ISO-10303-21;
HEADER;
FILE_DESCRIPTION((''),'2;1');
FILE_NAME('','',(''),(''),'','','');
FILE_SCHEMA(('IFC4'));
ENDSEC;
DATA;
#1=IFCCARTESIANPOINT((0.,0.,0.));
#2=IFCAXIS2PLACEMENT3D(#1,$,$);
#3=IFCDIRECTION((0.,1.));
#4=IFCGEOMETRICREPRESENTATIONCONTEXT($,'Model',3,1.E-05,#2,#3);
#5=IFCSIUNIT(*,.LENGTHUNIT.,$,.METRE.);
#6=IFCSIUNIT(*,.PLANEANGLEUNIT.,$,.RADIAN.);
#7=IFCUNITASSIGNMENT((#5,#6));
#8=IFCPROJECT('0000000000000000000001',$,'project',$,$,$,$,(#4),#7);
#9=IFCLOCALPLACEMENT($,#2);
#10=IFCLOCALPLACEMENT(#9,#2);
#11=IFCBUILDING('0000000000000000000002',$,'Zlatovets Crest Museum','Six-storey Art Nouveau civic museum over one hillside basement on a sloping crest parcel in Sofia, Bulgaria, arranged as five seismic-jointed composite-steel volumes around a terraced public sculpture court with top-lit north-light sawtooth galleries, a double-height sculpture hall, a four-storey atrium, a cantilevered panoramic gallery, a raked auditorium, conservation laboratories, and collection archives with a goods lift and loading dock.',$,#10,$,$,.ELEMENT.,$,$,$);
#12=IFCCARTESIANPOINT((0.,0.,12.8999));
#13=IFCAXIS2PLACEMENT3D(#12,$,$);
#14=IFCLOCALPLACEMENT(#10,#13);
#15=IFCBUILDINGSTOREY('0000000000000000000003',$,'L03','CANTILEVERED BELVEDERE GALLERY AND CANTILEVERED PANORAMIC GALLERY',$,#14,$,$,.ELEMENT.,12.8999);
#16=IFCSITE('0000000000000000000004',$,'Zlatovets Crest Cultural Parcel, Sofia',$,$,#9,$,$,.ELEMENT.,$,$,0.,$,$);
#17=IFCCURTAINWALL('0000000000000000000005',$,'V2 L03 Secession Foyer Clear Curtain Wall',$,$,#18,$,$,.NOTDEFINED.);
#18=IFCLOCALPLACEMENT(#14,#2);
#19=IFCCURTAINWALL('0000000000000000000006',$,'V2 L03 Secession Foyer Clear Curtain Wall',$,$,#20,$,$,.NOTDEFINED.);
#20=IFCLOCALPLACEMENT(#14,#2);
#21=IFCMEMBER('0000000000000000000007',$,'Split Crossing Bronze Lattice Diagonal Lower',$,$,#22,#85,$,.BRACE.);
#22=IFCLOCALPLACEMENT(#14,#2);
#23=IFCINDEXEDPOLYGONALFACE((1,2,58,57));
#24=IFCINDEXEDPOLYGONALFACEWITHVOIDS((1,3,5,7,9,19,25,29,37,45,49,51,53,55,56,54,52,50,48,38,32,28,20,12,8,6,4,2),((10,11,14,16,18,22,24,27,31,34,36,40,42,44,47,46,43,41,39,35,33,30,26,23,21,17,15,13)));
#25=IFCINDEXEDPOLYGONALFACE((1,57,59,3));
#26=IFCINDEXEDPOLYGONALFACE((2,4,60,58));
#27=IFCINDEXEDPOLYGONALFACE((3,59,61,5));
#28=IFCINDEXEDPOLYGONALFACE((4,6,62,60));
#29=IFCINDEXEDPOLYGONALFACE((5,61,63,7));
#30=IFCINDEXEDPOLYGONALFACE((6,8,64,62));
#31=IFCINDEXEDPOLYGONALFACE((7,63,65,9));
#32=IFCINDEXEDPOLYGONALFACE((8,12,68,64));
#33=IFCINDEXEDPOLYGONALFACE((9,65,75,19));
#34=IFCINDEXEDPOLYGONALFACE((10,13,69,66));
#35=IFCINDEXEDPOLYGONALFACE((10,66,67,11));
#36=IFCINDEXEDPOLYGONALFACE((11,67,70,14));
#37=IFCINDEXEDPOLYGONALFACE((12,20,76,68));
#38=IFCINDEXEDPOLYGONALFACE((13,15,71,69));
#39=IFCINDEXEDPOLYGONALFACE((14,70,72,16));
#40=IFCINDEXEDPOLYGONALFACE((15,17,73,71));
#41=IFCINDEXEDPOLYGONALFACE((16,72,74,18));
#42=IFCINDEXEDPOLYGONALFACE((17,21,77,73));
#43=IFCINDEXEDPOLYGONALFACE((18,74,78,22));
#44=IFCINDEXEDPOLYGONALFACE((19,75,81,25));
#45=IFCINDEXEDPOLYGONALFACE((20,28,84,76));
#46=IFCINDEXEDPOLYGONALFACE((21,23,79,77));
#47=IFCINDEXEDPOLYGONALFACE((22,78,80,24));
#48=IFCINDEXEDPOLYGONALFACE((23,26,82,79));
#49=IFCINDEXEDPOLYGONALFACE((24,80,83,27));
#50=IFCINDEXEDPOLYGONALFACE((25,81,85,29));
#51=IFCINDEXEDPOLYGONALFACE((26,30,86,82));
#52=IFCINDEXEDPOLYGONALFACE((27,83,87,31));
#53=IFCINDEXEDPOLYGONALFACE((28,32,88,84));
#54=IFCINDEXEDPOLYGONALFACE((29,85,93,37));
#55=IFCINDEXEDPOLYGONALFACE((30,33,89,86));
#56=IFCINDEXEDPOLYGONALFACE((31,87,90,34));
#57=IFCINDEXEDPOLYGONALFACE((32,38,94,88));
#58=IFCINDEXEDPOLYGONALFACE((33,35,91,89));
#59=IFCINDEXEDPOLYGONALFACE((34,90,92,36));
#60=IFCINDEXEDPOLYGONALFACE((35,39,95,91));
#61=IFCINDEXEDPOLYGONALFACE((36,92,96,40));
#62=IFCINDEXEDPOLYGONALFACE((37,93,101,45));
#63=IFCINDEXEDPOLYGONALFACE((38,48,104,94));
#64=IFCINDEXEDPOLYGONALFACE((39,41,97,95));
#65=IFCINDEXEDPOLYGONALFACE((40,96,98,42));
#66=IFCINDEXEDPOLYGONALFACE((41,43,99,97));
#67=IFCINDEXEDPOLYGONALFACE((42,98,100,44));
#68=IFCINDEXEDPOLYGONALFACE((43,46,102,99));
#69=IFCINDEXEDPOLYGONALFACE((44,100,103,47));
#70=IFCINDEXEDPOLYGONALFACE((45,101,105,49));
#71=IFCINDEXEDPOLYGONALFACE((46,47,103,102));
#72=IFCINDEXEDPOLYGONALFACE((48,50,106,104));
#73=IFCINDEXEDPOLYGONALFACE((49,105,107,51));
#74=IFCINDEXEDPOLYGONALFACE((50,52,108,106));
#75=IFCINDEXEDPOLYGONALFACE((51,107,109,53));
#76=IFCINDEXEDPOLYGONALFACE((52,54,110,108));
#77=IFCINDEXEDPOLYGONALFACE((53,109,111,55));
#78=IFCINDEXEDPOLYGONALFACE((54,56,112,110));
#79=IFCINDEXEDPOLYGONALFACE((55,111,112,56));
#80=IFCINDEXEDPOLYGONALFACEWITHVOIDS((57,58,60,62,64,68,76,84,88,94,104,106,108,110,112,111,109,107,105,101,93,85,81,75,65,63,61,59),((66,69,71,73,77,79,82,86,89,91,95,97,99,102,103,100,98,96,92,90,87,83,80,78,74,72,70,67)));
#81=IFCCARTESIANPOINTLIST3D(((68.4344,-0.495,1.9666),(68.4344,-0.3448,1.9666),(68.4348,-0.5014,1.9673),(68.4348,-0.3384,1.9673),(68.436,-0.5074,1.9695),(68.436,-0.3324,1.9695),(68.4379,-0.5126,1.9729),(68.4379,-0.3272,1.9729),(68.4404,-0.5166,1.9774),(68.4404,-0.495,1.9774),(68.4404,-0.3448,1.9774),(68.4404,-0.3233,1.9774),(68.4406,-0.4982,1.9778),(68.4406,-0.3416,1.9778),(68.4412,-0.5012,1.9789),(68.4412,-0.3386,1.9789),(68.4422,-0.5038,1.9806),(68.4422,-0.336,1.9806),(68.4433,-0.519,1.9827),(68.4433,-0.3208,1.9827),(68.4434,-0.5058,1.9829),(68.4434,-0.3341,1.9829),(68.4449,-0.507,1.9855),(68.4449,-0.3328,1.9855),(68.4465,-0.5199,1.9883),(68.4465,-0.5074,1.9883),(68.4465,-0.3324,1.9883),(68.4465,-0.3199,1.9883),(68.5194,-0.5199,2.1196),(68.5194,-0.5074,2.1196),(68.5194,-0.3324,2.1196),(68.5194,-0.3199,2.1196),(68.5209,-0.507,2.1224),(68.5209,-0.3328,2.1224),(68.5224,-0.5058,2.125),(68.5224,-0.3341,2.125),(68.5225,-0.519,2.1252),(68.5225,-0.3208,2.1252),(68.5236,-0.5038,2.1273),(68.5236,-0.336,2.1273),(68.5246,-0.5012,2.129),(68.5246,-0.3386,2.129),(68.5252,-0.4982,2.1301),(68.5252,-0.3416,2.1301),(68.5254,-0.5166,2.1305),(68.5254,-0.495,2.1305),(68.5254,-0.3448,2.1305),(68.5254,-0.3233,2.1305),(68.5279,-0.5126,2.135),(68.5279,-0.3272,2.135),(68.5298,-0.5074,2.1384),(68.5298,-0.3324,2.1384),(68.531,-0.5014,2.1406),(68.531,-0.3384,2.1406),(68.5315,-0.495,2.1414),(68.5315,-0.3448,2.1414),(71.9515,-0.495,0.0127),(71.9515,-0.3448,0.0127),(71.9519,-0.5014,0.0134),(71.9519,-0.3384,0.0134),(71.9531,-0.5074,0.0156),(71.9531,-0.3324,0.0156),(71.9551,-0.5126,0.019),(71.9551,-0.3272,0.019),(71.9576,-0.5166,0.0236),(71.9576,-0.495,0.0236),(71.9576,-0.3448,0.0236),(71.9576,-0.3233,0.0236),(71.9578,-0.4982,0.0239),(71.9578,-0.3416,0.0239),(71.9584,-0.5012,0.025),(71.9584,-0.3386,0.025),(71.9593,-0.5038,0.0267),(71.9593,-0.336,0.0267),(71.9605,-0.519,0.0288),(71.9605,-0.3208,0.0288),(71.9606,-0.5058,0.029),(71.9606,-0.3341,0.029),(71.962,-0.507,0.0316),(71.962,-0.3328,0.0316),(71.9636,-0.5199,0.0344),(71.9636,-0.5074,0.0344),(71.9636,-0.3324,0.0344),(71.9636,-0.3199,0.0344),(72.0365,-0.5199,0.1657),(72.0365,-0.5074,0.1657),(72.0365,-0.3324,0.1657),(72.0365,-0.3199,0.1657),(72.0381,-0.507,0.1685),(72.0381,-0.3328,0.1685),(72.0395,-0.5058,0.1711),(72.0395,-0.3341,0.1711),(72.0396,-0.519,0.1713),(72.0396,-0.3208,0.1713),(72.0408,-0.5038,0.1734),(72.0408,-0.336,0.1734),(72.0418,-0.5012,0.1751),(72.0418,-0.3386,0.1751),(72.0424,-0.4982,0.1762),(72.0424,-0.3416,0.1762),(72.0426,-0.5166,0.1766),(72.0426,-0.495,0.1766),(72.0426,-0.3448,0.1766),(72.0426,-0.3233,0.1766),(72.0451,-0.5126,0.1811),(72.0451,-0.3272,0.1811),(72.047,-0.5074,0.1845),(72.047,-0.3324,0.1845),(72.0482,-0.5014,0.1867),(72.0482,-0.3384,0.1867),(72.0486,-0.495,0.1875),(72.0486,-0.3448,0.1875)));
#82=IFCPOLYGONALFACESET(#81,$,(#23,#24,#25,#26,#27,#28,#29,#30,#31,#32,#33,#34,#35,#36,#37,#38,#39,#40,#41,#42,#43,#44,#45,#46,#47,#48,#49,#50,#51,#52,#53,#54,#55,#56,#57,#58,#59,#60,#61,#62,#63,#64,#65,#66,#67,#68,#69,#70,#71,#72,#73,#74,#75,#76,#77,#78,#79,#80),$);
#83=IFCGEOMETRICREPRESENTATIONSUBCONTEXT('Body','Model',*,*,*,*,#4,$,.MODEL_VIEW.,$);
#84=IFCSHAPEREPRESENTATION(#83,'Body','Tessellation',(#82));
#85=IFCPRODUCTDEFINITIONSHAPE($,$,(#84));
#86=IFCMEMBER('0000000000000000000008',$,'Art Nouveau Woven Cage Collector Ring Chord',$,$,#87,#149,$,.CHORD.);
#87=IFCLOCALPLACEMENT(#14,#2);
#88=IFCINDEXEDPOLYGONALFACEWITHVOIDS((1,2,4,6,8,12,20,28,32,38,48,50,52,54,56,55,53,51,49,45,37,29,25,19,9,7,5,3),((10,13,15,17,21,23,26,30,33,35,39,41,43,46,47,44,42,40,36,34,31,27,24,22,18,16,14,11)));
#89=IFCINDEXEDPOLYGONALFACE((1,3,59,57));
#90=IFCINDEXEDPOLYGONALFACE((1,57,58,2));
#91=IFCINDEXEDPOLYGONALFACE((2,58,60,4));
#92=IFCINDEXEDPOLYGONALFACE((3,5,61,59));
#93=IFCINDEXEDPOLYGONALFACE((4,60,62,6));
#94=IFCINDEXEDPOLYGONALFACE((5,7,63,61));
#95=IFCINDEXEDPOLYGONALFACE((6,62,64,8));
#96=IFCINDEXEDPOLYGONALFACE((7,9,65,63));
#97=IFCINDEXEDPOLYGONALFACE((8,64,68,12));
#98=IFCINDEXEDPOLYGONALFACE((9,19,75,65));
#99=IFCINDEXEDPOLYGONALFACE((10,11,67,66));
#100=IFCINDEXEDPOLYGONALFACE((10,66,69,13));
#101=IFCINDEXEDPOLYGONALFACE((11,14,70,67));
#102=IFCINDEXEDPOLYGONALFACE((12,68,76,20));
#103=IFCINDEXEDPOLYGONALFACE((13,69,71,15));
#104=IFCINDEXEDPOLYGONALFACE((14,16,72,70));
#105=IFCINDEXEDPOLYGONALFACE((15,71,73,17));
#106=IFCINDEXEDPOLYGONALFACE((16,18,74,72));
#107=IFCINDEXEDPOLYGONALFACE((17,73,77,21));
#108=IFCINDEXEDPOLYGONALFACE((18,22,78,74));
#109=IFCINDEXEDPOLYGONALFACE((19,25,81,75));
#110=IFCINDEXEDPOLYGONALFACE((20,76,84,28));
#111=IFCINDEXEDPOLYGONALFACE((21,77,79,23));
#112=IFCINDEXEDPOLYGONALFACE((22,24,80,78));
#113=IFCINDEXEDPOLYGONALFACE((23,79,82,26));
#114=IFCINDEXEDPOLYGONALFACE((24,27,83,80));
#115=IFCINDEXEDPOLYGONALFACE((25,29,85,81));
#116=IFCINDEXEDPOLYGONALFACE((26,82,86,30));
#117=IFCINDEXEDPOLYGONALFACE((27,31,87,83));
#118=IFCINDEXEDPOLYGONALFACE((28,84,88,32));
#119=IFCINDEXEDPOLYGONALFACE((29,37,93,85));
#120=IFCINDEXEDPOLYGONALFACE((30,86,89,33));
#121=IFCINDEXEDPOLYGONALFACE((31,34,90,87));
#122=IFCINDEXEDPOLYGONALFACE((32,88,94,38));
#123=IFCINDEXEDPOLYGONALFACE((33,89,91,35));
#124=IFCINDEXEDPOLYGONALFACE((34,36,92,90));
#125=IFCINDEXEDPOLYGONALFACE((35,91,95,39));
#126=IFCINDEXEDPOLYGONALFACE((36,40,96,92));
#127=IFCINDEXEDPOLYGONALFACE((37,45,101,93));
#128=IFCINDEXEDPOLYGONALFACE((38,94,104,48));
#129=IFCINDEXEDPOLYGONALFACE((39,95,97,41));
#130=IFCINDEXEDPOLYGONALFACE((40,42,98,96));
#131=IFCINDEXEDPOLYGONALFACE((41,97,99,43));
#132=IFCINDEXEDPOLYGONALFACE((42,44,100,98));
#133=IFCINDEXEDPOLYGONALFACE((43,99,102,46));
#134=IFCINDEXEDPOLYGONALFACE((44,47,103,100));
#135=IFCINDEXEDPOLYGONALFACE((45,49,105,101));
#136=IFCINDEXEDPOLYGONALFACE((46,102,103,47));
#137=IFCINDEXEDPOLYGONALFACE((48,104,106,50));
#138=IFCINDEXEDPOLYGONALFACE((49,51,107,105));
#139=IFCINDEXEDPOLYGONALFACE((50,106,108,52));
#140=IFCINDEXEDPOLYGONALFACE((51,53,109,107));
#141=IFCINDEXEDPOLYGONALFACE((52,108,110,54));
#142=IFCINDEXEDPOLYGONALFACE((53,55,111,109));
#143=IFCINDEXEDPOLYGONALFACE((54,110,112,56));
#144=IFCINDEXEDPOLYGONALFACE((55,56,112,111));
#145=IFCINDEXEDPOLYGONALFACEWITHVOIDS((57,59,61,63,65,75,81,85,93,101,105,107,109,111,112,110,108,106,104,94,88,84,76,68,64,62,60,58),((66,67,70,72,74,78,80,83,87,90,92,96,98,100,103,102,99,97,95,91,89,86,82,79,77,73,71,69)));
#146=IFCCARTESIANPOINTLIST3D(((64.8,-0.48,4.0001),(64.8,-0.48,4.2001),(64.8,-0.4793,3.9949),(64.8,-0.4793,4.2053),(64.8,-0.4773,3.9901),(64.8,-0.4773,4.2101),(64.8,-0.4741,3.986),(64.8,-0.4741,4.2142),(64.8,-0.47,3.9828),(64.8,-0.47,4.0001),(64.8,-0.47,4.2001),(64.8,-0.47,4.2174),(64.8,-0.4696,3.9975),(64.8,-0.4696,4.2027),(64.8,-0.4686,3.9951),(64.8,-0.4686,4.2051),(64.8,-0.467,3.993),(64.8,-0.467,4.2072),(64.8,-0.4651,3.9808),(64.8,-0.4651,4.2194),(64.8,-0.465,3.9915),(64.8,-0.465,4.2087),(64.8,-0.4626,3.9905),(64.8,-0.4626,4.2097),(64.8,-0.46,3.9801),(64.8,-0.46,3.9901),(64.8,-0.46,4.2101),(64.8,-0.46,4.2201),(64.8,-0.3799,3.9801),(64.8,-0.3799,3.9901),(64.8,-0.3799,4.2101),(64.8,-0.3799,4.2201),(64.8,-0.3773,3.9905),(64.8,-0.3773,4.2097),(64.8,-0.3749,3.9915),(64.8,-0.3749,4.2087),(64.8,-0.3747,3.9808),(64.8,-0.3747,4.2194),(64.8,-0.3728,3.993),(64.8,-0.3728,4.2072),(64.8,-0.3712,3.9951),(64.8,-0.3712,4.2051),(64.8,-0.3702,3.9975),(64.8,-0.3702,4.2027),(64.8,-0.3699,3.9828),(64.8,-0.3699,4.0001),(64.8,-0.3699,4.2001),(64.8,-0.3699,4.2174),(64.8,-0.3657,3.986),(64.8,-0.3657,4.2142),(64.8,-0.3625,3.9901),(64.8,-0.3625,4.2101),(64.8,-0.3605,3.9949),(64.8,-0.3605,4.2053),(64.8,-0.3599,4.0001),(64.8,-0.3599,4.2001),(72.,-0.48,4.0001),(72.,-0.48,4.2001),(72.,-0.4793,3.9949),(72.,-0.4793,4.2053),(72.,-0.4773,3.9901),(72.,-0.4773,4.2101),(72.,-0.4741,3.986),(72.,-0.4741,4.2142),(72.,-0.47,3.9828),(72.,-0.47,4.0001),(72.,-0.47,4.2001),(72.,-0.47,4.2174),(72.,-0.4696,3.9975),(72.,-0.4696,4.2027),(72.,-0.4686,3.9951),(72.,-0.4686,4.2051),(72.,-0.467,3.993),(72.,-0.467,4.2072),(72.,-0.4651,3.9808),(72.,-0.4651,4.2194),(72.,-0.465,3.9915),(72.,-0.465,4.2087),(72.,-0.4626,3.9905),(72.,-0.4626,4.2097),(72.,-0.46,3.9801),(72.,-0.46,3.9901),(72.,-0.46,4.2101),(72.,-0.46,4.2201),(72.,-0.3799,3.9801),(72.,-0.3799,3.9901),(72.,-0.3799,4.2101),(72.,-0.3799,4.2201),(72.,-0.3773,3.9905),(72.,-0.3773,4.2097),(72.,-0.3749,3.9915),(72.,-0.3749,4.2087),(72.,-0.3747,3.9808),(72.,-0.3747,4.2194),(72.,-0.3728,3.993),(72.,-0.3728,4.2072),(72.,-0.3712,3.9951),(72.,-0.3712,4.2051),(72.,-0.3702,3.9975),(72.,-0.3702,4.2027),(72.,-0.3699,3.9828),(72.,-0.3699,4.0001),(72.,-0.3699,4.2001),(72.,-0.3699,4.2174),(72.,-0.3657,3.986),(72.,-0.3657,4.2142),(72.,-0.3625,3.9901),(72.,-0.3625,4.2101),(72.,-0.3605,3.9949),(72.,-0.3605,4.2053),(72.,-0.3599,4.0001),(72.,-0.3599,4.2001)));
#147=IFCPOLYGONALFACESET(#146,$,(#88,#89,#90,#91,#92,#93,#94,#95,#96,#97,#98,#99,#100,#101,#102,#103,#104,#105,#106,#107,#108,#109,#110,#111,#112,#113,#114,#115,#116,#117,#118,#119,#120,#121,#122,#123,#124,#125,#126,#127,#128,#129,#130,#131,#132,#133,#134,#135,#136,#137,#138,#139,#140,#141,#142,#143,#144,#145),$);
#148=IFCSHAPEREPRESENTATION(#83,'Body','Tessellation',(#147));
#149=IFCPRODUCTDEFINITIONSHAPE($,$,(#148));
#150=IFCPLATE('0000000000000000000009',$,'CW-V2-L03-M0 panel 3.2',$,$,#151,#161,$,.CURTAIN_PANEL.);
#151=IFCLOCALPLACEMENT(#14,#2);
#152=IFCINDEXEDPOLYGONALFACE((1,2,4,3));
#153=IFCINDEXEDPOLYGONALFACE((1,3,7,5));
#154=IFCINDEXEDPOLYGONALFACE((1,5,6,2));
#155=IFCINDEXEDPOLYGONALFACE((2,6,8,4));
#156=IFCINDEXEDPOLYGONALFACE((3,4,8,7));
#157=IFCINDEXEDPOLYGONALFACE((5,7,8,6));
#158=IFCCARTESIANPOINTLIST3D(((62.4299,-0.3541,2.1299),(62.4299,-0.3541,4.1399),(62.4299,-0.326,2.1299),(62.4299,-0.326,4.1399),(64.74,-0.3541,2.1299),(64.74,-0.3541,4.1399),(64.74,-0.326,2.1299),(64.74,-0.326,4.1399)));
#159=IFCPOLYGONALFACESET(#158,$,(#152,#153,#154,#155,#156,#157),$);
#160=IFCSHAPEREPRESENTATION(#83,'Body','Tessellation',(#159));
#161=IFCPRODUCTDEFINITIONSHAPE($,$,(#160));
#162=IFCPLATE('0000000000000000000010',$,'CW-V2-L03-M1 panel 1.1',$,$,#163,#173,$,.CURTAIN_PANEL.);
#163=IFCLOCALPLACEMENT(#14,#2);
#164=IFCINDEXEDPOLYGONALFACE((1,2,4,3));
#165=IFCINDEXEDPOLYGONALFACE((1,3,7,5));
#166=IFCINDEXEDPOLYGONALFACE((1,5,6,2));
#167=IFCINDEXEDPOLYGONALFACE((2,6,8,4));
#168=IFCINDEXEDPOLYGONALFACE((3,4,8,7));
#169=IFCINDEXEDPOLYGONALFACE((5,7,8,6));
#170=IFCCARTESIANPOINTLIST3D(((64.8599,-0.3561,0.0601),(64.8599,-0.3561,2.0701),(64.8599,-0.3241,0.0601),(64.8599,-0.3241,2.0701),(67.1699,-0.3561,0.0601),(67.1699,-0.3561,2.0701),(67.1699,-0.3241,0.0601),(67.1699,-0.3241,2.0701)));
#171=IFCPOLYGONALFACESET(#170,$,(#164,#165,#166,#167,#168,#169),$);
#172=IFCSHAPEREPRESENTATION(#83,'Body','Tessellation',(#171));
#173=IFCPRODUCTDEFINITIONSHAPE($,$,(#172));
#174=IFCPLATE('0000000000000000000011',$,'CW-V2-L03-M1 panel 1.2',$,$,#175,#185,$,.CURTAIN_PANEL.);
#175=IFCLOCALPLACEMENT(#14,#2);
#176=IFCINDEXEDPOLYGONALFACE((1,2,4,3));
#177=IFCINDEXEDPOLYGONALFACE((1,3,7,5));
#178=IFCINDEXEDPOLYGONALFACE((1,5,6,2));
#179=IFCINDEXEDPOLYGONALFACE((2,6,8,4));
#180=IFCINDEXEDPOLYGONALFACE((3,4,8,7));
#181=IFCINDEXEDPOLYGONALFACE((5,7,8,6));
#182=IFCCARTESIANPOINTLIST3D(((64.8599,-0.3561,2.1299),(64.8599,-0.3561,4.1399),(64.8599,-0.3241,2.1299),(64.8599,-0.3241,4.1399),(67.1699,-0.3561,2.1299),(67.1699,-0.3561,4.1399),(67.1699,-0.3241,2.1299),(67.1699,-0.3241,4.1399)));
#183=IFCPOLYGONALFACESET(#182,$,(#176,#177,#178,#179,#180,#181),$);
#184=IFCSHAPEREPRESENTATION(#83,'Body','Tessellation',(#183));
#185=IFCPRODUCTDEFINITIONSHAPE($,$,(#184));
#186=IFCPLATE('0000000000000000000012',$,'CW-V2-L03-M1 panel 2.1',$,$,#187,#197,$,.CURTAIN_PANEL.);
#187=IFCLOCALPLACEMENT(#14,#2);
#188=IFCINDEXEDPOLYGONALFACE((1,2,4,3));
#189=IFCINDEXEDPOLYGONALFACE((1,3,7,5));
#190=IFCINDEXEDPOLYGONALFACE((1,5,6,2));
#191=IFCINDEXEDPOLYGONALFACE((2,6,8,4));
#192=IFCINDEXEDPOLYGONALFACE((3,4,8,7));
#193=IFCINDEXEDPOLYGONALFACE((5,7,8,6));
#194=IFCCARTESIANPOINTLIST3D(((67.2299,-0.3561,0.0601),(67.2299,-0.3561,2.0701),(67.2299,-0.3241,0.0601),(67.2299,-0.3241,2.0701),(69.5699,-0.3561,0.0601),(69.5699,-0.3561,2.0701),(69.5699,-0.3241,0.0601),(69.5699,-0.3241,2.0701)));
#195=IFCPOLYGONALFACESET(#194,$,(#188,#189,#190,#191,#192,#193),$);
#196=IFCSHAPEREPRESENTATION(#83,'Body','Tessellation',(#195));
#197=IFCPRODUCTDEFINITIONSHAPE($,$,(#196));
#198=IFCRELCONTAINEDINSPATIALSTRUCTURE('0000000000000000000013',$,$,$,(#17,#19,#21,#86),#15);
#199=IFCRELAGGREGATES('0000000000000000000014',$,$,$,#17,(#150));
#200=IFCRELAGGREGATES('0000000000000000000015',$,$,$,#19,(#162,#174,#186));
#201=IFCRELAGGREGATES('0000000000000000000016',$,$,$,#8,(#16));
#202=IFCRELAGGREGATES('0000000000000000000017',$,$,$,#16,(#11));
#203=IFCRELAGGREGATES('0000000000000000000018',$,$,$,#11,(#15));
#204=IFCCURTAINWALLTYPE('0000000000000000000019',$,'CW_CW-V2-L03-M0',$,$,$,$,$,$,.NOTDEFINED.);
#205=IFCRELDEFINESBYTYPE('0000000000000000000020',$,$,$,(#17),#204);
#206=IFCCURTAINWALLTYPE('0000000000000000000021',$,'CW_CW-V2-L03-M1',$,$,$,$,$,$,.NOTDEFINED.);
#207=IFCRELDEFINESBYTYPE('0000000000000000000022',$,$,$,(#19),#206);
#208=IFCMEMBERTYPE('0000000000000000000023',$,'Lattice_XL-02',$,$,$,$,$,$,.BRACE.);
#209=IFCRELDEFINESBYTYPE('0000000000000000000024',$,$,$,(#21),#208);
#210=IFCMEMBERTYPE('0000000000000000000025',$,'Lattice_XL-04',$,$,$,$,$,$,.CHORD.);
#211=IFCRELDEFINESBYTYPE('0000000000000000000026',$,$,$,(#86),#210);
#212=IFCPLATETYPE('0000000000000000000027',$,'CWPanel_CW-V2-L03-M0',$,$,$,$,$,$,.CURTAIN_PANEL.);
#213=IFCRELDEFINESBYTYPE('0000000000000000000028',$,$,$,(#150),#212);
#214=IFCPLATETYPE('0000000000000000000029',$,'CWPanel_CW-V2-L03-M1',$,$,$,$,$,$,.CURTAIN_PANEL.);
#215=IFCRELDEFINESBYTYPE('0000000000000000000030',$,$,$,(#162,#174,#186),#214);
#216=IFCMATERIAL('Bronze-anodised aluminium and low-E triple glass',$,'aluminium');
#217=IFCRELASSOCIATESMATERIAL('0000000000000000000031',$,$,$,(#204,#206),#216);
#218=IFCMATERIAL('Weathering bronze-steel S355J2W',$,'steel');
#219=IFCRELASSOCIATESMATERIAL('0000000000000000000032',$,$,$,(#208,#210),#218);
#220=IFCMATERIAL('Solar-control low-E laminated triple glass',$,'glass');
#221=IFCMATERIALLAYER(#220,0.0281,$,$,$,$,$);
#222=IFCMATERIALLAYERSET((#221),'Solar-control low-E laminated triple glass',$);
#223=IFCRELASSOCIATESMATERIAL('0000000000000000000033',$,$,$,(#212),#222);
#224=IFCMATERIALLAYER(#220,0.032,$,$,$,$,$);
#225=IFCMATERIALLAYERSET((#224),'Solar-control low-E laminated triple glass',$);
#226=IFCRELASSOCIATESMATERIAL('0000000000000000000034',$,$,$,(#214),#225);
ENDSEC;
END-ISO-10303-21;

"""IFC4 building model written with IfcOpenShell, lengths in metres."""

from ifc_helpers import new_model, si_unit, direction, frame, origin, origin_2d, place, context, subcontext, project, spatial, rectangle, hollow_rectangle, extrude, material, layer, layer_set, material_profile, profile_set, type_object, element, aggregate, save


model = new_model("IFC4")

# Units and contexts
model_context = context("Model", 3, precision=1e-05, world=origin(), true_north=direction((0.0, 1.0)))
body_context = subcontext(model_context, "Body", "Model", "MODEL_VIEW")
ifc_project = project(units=[si_unit("LENGTHUNIT", "METRE"), si_unit("PLANEANGLEUNIT", "RADIAN")], contexts=[model_context])

# Site, building, storey
site_placement = place(None, origin())
site = spatial("IfcSite", under=ifc_project, at=site_placement, Name="Zlatovets Crest Cultural Parcel, Sofia", CompositionType="ELEMENT", RefElevation=0.0)
building_placement = place(site_placement, origin())
building = spatial("IfcBuilding", under=site, at=building_placement, Name="Zlatovets Crest Museum", Description="Six-storey Art Nouveau civic museum over one hillside basement on a sloping crest parcel in Sofia, Bulgaria, arranged as five seismic-jointed composite-steel volumes around a terraced public sculpture court with top-lit north-light sawtooth galleries, a double-height sculpture hall, a four-storey atrium, a cantilevered panoramic gallery, a raked auditorium, conservation laboratories, and collection archives with a goods lift and loading dock.", CompositionType="ELEMENT")
storey_placement = place(building_placement, frame((0.0, 0.0, 12.8999)))
storey = spatial("IfcBuildingStorey", under=building, at=storey_placement, Name="L03", Description="CANTILEVERED BELVEDERE GALLERY AND CANTILEVERED PANORAMIC GALLERY", CompositionType="ELEMENT", Elevation=12.8999)

# Curtain wall
ifc_material_1 = material(Name="Bronze-anodised aluminium and low-E triple glass", Category="aluminium")
curtain_wall_type_1 = type_object("IfcCurtainWallType", Name="CW_CW-V2-L03-M0", PredefinedType="NOTDEFINED", material=ifc_material_1)
curtain_wall_1_placement = place(storey_placement, origin())
curtain_wall_1 = element("IfcCurtainWall", 1, at=curtain_wall_1_placement, inside=storey, type_object=curtain_wall_type_1, Name="V2 L03 Secession Foyer Clear Curtain Wall", PredefinedType="NOTDEFINED")

# Curtain wall
curtain_wall_type_2 = type_object("IfcCurtainWallType", Name="CW_CW-V2-L03-M1", PredefinedType="NOTDEFINED", material=ifc_material_1)
curtain_wall_2_placement = place(storey_placement, origin())
curtain_wall_2 = element("IfcCurtainWall", 2, at=curtain_wall_2_placement, inside=storey, type_object=curtain_wall_type_2, Name="V2 L03 Secession Foyer Clear Curtain Wall", PredefinedType="NOTDEFINED")

# Members
ifc_material_2 = material(Name="Weathering bronze-steel S355J2W", Category="steel")
ifc_material_profile_1 = material_profile(ifc_material_2, hollow_rectangle(XDim=0.2, YDim=0.2, WallThickness=0.0125, InnerFilletRadius=0.0125, OuterFilletRadius=0.0249, at=origin_2d()), Name="SHS 200x200x12.5")
ifc_profile_set_1 = profile_set([ifc_material_profile_1], Name="Weathering bronze-steel S355J2W")
member_type_1 = type_object("IfcMemberType", Name="Lattice_XL-02", PredefinedType="BRACE", material=ifc_profile_set_1)
member_1_placement = place(storey_placement, frame((68.4829, -0.4199, 2.054), z_axis=(0.874166, 0.0, -0.485627), x_axis=(0.0, 1.0, 0.0)))
element("IfcMember", 3, at=member_1_placement, inside=storey, type_object=member_type_1, Name="Split Crossing Bronze Lattice Diagonal Lower", PredefinedType="BRACE", context=body_context, shape_type="SweptSolid", body=[
    extrude(hollow_rectangle(XDim=0.2, YDim=0.2, WallThickness=0.0125, InnerFilletRadius=0.0125, OuterFilletRadius=0.0249, at=origin_2d()), origin(), (0.0, 0.0, 1.0), 4.0234),
])
ifc_material_profile_2 = material_profile(ifc_material_2, hollow_rectangle(XDim=0.1201, YDim=0.24, WallThickness=0.01, InnerFilletRadius=0.01, OuterFilletRadius=0.02, at=origin_2d()), Name="RHS 120x240x10.0")
ifc_profile_set_2 = profile_set([ifc_material_profile_2], Name="Weathering bronze-steel S355J2W")
member_type_2 = type_object("IfcMemberType", Name="Lattice_XL-04", PredefinedType="CHORD", material=ifc_profile_set_2)
member_2_placement = place(storey_placement, frame((64.8, -0.4199, 4.1001), z_axis=(1.0, 0.0, 0.0), x_axis=(0.0, 1.0, 0.0)))
element("IfcMember", 4, at=member_2_placement, inside=storey, type_object=member_type_2, Name="Art Nouveau Woven Cage Collector Ring Chord", PredefinedType="CHORD", context=body_context, shape_type="SweptSolid", body=[
    extrude(hollow_rectangle(XDim=0.1201, YDim=0.24, WallThickness=0.01, InnerFilletRadius=0.01, OuterFilletRadius=0.02, at=origin_2d()), origin(), (0.0, 0.0, 1.0), 7.2),
])

# Plates
ifc_material_3 = material(Name="Solar-control low-E laminated triple glass", Category="glass")
ifc_layer_1 = layer(ifc_material_3, 0.0281)
ifc_layer_set_1 = layer_set([ifc_layer_1], Name="Solar-control low-E laminated triple glass")
plate_type_1 = type_object("IfcPlateType", Name="CWPanel_CW-V2-L03-M0", PredefinedType="CURTAIN_PANEL", material=ifc_layer_set_1)
plate_1_placement = place(storey_placement, frame((63.585, -0.3401, 2.1299), z_axis=(0.0, 0.0, 1.0), x_axis=(1.0, 0.0, 0.0)))
plate_1 = element("IfcPlate", 5, at=plate_1_placement, type_object=plate_type_1, Name="CW-V2-L03-M0 panel 3.2", PredefinedType="CURTAIN_PANEL", context=body_context, shape_type="SweptSolid", body=[
    extrude(rectangle(XDim=2.3101, YDim=0.0281, at=origin_2d()), origin(), (0.0, 0.0, 1.0), 2.01),
])
aggregate(curtain_wall_1, [plate_1])
ifc_layer_2 = layer(ifc_material_3, 0.032)
ifc_layer_set_2 = layer_set([ifc_layer_2], Name="Solar-control low-E laminated triple glass")
plate_type_2 = type_object("IfcPlateType", Name="CWPanel_CW-V2-L03-M1", PredefinedType="CURTAIN_PANEL", material=ifc_layer_set_2)
plate_2_placement = place(storey_placement, frame((66.0149, -0.3401, 0.0601), z_axis=(0.0, 0.0, 1.0), x_axis=(1.0, 0.0, 0.0)))
plate_2 = element("IfcPlate", 6, at=plate_2_placement, type_object=plate_type_2, Name="CW-V2-L03-M1 panel 1.1", PredefinedType="CURTAIN_PANEL", context=body_context, shape_type="SweptSolid", body=[
    extrude(rectangle(XDim=2.3101, YDim=0.032, at=origin_2d()), origin(), (0.0, 0.0, 1.0), 2.01),
])
plate_3_placement = place(storey_placement, frame((66.0149, -0.3401, 2.1299), z_axis=(0.0, 0.0, 1.0), x_axis=(1.0, 0.0, 0.0)))
plate_3 = element("IfcPlate", 7, at=plate_3_placement, type_object=plate_type_2, Name="CW-V2-L03-M1 panel 1.2", PredefinedType="CURTAIN_PANEL", context=body_context, shape_type="SweptSolid", body=[
    extrude(rectangle(XDim=2.3101, YDim=0.032, at=origin_2d()), origin(), (0.0, 0.0, 1.0), 2.01),
])
plate_4_placement = place(storey_placement, frame((68.3999, -0.3401, 0.0601), z_axis=(0.0, 0.0, 1.0), x_axis=(1.0, 0.0, 0.0)))
plate_4 = element("IfcPlate", 8, at=plate_4_placement, type_object=plate_type_2, Name="CW-V2-L03-M1 panel 2.1", PredefinedType="CURTAIN_PANEL", context=body_context, shape_type="SweptSolid", body=[
    extrude(rectangle(XDim=2.3401, YDim=0.032, at=origin_2d()), origin(), (0.0, 0.0, 1.0), 2.01),
])
aggregate(curtain_wall_2, [plate_2, plate_3, plate_4])

save(model, "model.ifc")
